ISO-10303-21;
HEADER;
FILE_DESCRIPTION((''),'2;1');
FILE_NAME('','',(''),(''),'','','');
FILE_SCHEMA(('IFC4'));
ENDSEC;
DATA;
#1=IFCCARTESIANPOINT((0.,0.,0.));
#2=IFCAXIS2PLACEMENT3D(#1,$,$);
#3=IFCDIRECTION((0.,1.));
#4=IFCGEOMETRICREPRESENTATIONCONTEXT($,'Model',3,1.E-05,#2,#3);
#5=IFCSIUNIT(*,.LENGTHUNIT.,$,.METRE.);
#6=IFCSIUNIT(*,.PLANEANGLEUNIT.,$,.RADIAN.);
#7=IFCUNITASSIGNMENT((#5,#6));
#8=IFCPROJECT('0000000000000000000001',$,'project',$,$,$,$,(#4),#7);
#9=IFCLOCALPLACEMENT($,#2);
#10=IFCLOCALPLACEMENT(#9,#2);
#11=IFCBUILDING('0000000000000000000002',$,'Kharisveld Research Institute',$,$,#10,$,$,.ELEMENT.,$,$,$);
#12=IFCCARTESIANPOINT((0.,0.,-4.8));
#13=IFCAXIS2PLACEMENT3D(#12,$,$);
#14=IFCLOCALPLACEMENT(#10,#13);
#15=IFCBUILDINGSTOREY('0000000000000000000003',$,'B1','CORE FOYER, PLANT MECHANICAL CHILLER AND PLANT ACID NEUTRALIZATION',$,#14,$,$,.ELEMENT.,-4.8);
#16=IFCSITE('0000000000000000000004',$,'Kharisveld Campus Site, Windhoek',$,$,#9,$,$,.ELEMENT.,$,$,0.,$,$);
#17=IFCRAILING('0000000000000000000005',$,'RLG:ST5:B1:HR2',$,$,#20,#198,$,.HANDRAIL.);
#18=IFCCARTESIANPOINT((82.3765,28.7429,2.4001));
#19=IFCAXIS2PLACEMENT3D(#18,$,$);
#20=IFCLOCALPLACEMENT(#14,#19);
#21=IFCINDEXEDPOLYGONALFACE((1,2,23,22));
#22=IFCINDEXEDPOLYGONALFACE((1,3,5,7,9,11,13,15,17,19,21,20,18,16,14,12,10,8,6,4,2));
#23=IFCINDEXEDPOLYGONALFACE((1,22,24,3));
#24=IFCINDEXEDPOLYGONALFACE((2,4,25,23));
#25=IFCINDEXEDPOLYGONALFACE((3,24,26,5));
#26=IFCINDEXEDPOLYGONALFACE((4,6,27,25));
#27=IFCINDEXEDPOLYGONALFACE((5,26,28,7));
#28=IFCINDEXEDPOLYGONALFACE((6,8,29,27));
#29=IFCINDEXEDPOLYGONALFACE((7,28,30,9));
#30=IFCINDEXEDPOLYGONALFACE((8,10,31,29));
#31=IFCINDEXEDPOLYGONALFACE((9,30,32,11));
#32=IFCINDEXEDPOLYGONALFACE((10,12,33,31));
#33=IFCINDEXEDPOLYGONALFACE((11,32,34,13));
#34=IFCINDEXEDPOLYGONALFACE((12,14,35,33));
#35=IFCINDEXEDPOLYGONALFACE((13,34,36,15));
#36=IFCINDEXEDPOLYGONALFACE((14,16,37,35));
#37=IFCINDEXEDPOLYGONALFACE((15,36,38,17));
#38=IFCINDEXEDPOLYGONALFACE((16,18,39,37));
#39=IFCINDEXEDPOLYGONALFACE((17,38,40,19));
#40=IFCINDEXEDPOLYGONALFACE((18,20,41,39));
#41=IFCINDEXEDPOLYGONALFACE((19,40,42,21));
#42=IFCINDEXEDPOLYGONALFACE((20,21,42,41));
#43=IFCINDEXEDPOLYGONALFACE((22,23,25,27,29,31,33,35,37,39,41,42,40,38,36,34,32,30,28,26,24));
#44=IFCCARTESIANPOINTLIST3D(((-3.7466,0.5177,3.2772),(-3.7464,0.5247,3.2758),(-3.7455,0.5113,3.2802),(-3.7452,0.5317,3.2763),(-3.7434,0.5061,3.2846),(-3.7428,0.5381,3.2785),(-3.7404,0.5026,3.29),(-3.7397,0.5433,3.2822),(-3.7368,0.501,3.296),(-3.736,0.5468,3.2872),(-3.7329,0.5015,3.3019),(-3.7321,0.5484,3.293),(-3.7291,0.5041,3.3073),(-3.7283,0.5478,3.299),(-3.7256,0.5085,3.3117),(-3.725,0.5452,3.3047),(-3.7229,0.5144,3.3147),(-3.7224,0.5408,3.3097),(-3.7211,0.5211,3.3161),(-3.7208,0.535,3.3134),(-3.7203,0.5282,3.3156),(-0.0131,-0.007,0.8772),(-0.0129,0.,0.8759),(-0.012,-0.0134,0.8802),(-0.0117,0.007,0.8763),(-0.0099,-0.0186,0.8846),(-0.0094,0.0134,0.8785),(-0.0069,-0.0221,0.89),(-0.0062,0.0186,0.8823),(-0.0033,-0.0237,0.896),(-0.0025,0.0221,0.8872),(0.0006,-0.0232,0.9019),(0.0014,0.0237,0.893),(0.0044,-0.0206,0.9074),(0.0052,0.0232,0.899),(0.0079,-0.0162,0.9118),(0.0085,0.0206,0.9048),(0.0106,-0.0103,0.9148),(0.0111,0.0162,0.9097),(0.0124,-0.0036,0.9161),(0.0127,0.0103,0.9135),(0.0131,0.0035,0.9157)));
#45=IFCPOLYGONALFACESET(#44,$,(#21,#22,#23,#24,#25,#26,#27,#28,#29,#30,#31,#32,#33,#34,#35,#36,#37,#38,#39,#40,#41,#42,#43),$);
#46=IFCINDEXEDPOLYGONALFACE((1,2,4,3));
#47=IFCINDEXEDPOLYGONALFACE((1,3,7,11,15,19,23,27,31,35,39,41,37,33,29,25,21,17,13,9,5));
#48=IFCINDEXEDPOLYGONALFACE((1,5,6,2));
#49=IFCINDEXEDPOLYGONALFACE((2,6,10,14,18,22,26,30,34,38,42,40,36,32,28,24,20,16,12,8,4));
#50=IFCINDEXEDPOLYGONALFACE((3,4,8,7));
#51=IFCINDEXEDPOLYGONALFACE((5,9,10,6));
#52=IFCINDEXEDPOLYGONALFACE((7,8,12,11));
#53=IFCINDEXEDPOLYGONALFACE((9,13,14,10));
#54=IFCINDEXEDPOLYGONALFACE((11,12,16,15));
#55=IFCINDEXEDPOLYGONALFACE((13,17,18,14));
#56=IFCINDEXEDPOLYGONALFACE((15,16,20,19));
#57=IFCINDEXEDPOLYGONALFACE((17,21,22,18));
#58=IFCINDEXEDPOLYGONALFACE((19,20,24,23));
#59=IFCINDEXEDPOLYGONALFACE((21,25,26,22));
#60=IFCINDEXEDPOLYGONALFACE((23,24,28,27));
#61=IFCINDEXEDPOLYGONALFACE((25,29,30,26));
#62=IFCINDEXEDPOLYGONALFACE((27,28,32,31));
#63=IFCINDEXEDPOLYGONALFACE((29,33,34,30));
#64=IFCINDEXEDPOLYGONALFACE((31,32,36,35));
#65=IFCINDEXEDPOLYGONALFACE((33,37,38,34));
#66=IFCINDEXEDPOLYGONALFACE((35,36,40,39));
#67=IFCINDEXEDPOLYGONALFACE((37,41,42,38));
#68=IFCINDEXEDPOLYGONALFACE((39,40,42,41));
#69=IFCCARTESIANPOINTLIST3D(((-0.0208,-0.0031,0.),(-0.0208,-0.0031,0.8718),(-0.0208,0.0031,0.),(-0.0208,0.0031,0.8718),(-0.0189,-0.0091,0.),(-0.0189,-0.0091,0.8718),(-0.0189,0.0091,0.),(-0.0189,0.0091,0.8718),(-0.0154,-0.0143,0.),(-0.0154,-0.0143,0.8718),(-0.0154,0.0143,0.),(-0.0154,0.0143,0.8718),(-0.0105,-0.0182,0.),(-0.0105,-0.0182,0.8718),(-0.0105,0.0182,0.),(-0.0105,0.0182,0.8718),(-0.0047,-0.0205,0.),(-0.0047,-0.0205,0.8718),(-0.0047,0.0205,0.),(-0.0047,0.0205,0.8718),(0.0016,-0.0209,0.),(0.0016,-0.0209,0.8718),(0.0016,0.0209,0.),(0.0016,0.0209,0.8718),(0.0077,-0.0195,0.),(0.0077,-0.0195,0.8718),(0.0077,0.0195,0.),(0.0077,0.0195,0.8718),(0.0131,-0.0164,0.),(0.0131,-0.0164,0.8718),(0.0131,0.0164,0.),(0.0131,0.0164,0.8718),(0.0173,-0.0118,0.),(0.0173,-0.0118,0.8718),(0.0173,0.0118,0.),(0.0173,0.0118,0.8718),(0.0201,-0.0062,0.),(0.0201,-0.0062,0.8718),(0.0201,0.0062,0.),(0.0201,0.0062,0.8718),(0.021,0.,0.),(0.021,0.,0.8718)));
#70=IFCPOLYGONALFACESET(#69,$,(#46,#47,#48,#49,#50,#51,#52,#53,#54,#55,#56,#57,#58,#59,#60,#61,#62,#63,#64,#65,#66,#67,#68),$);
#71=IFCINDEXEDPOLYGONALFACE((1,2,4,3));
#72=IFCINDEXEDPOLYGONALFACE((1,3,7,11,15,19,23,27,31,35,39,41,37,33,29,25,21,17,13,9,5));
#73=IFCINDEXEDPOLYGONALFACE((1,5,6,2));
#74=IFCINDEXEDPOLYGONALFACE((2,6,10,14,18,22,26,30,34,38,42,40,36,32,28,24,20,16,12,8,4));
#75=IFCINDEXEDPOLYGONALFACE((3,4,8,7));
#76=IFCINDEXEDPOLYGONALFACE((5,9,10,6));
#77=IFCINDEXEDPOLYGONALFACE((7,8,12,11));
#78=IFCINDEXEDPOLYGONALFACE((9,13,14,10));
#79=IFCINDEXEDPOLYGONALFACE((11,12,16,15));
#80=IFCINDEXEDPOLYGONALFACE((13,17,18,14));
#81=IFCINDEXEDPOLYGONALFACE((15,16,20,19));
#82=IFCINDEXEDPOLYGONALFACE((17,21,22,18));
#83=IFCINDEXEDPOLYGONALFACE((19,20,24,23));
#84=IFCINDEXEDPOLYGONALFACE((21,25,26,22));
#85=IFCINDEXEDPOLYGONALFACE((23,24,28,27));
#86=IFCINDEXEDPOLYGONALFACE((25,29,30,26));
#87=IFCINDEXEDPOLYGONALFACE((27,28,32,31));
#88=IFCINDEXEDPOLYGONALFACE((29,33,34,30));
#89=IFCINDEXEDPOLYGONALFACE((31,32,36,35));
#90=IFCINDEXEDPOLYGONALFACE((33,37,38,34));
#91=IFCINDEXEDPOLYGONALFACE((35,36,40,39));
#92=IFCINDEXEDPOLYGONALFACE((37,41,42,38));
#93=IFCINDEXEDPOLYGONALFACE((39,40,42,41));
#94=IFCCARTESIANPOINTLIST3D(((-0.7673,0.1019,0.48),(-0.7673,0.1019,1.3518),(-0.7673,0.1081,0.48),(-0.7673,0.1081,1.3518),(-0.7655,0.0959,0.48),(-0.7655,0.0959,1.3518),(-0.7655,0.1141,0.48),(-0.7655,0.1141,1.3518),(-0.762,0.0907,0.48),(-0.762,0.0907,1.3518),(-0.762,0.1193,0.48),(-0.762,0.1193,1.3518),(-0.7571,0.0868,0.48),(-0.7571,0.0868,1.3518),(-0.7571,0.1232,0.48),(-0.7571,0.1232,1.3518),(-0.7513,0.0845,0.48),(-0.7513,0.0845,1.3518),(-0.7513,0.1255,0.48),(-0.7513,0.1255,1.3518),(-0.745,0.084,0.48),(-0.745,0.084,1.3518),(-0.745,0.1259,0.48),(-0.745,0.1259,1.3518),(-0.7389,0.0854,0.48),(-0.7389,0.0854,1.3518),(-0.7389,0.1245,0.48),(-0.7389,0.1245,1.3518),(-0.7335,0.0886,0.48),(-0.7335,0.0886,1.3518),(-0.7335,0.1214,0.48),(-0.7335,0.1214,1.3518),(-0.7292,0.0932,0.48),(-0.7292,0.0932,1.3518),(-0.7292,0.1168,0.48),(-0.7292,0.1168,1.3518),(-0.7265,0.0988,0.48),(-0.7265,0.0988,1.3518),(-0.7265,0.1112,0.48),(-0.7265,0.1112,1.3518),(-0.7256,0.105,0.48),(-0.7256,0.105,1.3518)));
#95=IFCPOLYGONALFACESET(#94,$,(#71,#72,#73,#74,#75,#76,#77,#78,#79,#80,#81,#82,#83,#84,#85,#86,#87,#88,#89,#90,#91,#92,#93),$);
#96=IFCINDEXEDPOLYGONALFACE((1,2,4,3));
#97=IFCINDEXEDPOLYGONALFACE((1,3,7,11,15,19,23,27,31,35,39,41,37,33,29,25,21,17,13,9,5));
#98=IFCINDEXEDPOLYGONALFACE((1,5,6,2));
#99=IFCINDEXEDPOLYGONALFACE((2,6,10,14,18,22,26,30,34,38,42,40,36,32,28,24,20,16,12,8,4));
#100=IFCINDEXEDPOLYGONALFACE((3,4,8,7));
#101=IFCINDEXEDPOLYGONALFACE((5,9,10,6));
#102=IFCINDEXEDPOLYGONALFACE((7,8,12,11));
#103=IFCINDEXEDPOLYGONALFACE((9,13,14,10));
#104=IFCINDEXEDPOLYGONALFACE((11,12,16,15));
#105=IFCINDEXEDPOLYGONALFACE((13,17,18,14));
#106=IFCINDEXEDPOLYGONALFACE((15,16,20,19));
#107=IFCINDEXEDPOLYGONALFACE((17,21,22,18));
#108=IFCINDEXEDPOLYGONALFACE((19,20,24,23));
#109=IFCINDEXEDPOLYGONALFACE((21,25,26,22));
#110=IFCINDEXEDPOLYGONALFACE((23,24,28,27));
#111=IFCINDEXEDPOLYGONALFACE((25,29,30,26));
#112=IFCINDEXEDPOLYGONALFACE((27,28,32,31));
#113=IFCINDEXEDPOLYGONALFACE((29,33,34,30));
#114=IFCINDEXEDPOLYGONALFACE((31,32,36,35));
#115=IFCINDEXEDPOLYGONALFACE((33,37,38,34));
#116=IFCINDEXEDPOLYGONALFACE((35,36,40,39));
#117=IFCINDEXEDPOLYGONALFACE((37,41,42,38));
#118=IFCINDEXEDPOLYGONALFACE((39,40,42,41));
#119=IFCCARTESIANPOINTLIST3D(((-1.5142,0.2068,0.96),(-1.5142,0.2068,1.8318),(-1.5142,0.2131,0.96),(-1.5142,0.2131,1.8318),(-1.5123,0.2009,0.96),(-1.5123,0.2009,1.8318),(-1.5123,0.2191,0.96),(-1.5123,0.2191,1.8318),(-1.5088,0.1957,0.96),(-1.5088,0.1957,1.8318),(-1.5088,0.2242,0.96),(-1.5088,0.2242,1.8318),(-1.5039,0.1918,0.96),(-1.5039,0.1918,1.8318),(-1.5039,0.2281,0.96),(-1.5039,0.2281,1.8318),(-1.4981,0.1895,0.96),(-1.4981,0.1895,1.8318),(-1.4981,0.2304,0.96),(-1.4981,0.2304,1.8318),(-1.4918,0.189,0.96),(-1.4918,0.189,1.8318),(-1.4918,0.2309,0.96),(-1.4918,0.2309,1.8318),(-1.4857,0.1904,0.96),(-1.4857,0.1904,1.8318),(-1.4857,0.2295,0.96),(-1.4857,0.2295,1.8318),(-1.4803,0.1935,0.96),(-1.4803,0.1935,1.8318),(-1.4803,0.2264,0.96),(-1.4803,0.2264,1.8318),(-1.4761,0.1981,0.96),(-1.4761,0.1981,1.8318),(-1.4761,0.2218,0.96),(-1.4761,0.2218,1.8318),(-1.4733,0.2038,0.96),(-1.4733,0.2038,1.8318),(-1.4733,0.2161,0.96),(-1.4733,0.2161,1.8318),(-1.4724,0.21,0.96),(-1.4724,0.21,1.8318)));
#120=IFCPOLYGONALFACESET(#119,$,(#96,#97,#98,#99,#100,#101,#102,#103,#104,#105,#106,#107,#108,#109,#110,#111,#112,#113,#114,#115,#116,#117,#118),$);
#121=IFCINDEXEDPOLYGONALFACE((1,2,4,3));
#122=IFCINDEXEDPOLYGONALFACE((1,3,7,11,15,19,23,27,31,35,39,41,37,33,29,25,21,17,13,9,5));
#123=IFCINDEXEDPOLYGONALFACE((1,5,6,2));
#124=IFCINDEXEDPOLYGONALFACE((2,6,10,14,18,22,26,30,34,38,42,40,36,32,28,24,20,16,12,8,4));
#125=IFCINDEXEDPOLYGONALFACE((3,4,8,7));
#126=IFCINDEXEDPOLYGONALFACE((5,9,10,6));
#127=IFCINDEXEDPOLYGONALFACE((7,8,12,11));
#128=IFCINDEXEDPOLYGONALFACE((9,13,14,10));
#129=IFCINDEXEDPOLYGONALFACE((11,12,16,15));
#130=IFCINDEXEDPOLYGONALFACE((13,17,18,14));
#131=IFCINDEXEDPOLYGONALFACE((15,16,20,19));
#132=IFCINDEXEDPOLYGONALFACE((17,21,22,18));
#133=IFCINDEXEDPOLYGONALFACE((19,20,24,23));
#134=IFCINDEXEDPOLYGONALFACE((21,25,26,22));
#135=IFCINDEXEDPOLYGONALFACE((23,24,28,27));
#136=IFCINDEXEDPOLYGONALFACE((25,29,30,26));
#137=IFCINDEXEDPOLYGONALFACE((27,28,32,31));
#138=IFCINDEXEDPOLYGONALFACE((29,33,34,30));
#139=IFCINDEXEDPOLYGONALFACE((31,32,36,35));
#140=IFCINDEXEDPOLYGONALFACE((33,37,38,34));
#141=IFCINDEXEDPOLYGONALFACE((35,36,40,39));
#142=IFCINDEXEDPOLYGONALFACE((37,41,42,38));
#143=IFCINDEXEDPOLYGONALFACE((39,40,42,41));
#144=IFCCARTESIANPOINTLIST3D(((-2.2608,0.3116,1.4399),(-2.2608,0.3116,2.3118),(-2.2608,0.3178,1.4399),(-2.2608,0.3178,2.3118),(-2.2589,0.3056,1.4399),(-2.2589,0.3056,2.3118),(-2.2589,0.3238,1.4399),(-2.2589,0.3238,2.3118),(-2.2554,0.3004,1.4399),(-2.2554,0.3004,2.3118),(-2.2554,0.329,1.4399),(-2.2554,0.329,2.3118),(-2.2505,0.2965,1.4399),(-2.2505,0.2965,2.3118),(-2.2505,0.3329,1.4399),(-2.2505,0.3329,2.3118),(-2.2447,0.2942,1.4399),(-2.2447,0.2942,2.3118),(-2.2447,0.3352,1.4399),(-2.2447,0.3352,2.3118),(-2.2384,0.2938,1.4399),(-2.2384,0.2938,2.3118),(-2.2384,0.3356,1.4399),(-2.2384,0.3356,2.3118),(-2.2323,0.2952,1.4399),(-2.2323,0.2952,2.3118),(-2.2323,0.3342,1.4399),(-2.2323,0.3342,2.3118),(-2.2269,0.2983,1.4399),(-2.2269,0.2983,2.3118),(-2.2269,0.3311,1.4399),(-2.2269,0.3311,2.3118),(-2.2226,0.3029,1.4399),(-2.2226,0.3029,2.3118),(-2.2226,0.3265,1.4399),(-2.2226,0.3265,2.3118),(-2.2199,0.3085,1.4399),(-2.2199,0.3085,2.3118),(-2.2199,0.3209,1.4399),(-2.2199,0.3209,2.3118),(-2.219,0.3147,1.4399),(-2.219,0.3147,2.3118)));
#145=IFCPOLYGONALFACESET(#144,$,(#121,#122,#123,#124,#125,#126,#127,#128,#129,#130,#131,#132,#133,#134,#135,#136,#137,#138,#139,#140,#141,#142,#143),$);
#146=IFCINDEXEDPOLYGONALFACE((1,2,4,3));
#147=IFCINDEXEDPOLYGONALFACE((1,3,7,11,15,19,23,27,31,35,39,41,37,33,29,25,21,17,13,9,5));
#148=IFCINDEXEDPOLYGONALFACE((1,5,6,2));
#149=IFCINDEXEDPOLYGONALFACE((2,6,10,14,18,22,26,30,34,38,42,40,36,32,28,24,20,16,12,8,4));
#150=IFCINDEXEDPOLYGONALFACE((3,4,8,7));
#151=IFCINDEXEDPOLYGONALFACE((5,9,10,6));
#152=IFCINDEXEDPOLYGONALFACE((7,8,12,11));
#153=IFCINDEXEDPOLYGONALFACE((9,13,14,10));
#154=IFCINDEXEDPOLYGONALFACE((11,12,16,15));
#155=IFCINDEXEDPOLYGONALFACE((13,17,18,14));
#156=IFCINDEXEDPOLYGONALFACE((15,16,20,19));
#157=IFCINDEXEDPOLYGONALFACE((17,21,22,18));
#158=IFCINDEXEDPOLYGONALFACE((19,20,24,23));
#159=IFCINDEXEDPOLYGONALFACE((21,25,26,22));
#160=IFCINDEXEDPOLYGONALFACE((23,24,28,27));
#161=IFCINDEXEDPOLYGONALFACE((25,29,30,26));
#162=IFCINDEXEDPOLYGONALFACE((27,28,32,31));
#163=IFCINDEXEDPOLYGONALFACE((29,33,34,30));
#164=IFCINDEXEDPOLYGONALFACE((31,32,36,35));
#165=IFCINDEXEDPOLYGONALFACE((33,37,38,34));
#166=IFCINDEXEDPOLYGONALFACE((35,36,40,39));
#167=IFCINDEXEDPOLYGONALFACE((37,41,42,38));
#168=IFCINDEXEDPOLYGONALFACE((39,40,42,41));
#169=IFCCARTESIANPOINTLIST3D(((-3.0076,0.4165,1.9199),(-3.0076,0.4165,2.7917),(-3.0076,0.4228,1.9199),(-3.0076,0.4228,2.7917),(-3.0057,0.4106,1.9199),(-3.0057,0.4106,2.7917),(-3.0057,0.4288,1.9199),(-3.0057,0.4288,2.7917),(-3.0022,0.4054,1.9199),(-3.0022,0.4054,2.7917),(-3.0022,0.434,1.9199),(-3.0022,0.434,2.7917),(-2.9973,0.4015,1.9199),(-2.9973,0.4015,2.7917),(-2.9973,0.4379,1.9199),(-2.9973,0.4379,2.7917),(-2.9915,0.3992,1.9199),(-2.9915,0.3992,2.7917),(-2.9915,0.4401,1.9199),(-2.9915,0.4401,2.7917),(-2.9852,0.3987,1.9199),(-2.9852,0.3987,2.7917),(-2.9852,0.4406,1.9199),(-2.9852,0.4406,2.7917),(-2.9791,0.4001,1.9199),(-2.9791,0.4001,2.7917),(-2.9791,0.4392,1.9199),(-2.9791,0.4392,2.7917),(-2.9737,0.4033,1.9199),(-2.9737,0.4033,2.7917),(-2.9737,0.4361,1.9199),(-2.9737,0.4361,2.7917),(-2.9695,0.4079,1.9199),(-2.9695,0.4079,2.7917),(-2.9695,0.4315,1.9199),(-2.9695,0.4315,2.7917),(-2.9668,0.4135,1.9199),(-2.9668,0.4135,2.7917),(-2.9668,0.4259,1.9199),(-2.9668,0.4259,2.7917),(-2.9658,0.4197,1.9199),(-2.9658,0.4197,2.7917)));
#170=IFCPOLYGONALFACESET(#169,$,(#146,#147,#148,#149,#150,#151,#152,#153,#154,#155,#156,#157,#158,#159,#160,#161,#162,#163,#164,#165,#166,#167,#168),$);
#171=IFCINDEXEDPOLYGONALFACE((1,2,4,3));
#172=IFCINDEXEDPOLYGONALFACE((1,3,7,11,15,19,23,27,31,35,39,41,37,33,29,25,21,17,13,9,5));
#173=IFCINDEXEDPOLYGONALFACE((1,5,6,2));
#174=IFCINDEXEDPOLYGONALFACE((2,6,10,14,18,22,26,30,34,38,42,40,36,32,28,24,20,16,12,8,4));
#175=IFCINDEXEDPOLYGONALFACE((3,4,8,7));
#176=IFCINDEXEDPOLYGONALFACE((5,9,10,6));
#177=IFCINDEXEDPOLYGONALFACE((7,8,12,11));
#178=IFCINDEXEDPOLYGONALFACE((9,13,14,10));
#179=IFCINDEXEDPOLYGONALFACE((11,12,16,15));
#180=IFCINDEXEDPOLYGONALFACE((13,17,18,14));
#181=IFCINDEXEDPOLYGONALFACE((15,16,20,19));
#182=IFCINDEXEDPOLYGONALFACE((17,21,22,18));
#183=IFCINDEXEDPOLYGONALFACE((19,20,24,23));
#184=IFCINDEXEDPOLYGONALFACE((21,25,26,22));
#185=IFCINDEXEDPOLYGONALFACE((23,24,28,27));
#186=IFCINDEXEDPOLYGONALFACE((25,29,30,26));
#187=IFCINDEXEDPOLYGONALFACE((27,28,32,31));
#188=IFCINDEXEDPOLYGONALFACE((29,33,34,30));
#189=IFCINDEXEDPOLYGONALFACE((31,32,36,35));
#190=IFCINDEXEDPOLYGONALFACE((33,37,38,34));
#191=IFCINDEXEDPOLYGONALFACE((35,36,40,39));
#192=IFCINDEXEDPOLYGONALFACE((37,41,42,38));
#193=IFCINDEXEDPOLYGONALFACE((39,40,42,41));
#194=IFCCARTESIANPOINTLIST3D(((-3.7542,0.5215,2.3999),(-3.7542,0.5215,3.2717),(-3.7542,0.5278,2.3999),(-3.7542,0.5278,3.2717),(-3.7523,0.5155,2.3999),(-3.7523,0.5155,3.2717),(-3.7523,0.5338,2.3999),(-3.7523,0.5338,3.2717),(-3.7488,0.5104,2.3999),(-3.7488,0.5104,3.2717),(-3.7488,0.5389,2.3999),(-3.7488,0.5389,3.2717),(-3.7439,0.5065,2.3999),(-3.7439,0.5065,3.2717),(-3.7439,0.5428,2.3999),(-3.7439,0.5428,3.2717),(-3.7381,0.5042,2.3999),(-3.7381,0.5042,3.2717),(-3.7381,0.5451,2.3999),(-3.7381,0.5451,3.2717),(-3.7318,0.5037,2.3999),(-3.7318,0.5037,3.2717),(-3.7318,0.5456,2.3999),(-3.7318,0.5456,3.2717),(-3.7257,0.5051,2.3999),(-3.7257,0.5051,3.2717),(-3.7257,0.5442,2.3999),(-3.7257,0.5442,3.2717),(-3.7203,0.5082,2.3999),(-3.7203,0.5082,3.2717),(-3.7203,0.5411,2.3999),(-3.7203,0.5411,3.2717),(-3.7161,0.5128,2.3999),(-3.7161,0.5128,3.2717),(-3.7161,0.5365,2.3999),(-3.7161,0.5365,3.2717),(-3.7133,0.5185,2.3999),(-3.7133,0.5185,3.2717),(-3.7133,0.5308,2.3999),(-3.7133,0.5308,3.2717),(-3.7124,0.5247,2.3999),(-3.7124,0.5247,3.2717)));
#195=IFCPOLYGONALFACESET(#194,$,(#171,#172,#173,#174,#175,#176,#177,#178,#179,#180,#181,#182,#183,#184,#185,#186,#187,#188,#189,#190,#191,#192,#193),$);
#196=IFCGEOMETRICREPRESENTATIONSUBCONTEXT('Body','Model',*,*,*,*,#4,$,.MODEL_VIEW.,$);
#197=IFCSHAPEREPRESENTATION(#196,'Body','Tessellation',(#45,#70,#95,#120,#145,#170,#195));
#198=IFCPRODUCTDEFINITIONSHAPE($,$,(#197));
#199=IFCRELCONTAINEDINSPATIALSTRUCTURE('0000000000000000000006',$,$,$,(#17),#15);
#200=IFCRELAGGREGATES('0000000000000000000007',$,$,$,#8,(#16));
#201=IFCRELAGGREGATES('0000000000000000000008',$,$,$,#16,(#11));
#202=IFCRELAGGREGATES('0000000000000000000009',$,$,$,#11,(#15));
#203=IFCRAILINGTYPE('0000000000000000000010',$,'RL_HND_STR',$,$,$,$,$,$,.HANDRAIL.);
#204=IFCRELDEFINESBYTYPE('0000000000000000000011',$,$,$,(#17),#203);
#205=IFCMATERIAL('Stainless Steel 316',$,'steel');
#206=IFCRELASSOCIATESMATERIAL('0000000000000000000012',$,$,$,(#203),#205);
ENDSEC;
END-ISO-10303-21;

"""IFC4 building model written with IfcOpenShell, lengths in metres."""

from ifc_helpers import new_model, si_unit, direction, frame, origin, origin_2d, place, context, subcontext, project, spatial, circle, extrude, material, type_object, element, save


model = new_model("IFC4")

# Units and contexts
model_context = context("Model", 3, precision=1e-05, world=origin(), true_north=direction((0.0, 1.0)))
body_context = subcontext(model_context, "Body", "Model", "MODEL_VIEW")
ifc_project = project(units=[si_unit("LENGTHUNIT", "METRE"), si_unit("PLANEANGLEUNIT", "RADIAN")], contexts=[model_context])

# Site, building, storey
site_placement = place(None, origin())
site = spatial("IfcSite", under=ifc_project, at=site_placement, Name="Kharisveld Campus Site, Windhoek", CompositionType="ELEMENT", RefElevation=0.0)
building_placement = place(site_placement, origin())
building = spatial("IfcBuilding", under=site, at=building_placement, Name="Kharisveld Research Institute", CompositionType="ELEMENT")
storey_placement = place(building_placement, frame((0.0, 0.0, -4.8)))
storey = spatial("IfcBuildingStorey", under=building, at=storey_placement, Name="B1", Description="CORE FOYER, PLANT MECHANICAL CHILLER AND PLANT ACID NEUTRALIZATION", CompositionType="ELEMENT", Elevation=-4.8)

# Railing
ifc_material_1 = material(Name="Stainless Steel 316", Category="steel")
railing_type = type_object("IfcRailingType", Name="RL_HND_STR", PredefinedType="HANDRAIL", material=ifc_material_1)
railing_placement = place(storey_placement, frame((82.3765, 28.7429, 2.4001)))
element("IfcRailing", 1, at=railing_placement, inside=storey, type_object=railing_type, Name="RLG:ST5:B1:HR2", PredefinedType="HANDRAIL", context=body_context, shape_type="SweptSolid", body=[
    extrude(circle(Radius=0.0239, at=origin_2d()), frame((0.0, 0.0, 0.896), z_axis=(-0.835376, 0.117396, 0.536996), x_axis=(-0.139164, -0.990269, 0.0)), (0.0, 0.0, 1.0), 4.4692),
    extrude(circle(Radius=0.021, at=origin_2d()), origin(), (0.0, 0.0, 1.0), 0.8718),
    extrude(circle(Radius=0.021, at=origin_2d()), frame((-0.7466, 0.105, 0.48)), (0.0, 0.0, 1.0), 0.8718),
    extrude(circle(Radius=0.021, at=origin_2d()), frame((-1.4934, 0.21, 0.96)), (0.0, 0.0, 1.0), 0.8718),
    extrude(circle(Radius=0.021, at=origin_2d()), frame((-2.24, 0.3147, 1.4399)), (0.0, 0.0, 1.0), 0.8718),
    extrude(circle(Radius=0.021, at=origin_2d()), frame((-2.9868, 0.4197, 1.9199)), (0.0, 0.0, 1.0), 0.8718),
    extrude(circle(Radius=0.021, at=origin_2d()), frame((-3.7334, 0.5247, 2.3999)), (0.0, 0.0, 1.0), 0.8718),
])

save(model, "model.ifc")
